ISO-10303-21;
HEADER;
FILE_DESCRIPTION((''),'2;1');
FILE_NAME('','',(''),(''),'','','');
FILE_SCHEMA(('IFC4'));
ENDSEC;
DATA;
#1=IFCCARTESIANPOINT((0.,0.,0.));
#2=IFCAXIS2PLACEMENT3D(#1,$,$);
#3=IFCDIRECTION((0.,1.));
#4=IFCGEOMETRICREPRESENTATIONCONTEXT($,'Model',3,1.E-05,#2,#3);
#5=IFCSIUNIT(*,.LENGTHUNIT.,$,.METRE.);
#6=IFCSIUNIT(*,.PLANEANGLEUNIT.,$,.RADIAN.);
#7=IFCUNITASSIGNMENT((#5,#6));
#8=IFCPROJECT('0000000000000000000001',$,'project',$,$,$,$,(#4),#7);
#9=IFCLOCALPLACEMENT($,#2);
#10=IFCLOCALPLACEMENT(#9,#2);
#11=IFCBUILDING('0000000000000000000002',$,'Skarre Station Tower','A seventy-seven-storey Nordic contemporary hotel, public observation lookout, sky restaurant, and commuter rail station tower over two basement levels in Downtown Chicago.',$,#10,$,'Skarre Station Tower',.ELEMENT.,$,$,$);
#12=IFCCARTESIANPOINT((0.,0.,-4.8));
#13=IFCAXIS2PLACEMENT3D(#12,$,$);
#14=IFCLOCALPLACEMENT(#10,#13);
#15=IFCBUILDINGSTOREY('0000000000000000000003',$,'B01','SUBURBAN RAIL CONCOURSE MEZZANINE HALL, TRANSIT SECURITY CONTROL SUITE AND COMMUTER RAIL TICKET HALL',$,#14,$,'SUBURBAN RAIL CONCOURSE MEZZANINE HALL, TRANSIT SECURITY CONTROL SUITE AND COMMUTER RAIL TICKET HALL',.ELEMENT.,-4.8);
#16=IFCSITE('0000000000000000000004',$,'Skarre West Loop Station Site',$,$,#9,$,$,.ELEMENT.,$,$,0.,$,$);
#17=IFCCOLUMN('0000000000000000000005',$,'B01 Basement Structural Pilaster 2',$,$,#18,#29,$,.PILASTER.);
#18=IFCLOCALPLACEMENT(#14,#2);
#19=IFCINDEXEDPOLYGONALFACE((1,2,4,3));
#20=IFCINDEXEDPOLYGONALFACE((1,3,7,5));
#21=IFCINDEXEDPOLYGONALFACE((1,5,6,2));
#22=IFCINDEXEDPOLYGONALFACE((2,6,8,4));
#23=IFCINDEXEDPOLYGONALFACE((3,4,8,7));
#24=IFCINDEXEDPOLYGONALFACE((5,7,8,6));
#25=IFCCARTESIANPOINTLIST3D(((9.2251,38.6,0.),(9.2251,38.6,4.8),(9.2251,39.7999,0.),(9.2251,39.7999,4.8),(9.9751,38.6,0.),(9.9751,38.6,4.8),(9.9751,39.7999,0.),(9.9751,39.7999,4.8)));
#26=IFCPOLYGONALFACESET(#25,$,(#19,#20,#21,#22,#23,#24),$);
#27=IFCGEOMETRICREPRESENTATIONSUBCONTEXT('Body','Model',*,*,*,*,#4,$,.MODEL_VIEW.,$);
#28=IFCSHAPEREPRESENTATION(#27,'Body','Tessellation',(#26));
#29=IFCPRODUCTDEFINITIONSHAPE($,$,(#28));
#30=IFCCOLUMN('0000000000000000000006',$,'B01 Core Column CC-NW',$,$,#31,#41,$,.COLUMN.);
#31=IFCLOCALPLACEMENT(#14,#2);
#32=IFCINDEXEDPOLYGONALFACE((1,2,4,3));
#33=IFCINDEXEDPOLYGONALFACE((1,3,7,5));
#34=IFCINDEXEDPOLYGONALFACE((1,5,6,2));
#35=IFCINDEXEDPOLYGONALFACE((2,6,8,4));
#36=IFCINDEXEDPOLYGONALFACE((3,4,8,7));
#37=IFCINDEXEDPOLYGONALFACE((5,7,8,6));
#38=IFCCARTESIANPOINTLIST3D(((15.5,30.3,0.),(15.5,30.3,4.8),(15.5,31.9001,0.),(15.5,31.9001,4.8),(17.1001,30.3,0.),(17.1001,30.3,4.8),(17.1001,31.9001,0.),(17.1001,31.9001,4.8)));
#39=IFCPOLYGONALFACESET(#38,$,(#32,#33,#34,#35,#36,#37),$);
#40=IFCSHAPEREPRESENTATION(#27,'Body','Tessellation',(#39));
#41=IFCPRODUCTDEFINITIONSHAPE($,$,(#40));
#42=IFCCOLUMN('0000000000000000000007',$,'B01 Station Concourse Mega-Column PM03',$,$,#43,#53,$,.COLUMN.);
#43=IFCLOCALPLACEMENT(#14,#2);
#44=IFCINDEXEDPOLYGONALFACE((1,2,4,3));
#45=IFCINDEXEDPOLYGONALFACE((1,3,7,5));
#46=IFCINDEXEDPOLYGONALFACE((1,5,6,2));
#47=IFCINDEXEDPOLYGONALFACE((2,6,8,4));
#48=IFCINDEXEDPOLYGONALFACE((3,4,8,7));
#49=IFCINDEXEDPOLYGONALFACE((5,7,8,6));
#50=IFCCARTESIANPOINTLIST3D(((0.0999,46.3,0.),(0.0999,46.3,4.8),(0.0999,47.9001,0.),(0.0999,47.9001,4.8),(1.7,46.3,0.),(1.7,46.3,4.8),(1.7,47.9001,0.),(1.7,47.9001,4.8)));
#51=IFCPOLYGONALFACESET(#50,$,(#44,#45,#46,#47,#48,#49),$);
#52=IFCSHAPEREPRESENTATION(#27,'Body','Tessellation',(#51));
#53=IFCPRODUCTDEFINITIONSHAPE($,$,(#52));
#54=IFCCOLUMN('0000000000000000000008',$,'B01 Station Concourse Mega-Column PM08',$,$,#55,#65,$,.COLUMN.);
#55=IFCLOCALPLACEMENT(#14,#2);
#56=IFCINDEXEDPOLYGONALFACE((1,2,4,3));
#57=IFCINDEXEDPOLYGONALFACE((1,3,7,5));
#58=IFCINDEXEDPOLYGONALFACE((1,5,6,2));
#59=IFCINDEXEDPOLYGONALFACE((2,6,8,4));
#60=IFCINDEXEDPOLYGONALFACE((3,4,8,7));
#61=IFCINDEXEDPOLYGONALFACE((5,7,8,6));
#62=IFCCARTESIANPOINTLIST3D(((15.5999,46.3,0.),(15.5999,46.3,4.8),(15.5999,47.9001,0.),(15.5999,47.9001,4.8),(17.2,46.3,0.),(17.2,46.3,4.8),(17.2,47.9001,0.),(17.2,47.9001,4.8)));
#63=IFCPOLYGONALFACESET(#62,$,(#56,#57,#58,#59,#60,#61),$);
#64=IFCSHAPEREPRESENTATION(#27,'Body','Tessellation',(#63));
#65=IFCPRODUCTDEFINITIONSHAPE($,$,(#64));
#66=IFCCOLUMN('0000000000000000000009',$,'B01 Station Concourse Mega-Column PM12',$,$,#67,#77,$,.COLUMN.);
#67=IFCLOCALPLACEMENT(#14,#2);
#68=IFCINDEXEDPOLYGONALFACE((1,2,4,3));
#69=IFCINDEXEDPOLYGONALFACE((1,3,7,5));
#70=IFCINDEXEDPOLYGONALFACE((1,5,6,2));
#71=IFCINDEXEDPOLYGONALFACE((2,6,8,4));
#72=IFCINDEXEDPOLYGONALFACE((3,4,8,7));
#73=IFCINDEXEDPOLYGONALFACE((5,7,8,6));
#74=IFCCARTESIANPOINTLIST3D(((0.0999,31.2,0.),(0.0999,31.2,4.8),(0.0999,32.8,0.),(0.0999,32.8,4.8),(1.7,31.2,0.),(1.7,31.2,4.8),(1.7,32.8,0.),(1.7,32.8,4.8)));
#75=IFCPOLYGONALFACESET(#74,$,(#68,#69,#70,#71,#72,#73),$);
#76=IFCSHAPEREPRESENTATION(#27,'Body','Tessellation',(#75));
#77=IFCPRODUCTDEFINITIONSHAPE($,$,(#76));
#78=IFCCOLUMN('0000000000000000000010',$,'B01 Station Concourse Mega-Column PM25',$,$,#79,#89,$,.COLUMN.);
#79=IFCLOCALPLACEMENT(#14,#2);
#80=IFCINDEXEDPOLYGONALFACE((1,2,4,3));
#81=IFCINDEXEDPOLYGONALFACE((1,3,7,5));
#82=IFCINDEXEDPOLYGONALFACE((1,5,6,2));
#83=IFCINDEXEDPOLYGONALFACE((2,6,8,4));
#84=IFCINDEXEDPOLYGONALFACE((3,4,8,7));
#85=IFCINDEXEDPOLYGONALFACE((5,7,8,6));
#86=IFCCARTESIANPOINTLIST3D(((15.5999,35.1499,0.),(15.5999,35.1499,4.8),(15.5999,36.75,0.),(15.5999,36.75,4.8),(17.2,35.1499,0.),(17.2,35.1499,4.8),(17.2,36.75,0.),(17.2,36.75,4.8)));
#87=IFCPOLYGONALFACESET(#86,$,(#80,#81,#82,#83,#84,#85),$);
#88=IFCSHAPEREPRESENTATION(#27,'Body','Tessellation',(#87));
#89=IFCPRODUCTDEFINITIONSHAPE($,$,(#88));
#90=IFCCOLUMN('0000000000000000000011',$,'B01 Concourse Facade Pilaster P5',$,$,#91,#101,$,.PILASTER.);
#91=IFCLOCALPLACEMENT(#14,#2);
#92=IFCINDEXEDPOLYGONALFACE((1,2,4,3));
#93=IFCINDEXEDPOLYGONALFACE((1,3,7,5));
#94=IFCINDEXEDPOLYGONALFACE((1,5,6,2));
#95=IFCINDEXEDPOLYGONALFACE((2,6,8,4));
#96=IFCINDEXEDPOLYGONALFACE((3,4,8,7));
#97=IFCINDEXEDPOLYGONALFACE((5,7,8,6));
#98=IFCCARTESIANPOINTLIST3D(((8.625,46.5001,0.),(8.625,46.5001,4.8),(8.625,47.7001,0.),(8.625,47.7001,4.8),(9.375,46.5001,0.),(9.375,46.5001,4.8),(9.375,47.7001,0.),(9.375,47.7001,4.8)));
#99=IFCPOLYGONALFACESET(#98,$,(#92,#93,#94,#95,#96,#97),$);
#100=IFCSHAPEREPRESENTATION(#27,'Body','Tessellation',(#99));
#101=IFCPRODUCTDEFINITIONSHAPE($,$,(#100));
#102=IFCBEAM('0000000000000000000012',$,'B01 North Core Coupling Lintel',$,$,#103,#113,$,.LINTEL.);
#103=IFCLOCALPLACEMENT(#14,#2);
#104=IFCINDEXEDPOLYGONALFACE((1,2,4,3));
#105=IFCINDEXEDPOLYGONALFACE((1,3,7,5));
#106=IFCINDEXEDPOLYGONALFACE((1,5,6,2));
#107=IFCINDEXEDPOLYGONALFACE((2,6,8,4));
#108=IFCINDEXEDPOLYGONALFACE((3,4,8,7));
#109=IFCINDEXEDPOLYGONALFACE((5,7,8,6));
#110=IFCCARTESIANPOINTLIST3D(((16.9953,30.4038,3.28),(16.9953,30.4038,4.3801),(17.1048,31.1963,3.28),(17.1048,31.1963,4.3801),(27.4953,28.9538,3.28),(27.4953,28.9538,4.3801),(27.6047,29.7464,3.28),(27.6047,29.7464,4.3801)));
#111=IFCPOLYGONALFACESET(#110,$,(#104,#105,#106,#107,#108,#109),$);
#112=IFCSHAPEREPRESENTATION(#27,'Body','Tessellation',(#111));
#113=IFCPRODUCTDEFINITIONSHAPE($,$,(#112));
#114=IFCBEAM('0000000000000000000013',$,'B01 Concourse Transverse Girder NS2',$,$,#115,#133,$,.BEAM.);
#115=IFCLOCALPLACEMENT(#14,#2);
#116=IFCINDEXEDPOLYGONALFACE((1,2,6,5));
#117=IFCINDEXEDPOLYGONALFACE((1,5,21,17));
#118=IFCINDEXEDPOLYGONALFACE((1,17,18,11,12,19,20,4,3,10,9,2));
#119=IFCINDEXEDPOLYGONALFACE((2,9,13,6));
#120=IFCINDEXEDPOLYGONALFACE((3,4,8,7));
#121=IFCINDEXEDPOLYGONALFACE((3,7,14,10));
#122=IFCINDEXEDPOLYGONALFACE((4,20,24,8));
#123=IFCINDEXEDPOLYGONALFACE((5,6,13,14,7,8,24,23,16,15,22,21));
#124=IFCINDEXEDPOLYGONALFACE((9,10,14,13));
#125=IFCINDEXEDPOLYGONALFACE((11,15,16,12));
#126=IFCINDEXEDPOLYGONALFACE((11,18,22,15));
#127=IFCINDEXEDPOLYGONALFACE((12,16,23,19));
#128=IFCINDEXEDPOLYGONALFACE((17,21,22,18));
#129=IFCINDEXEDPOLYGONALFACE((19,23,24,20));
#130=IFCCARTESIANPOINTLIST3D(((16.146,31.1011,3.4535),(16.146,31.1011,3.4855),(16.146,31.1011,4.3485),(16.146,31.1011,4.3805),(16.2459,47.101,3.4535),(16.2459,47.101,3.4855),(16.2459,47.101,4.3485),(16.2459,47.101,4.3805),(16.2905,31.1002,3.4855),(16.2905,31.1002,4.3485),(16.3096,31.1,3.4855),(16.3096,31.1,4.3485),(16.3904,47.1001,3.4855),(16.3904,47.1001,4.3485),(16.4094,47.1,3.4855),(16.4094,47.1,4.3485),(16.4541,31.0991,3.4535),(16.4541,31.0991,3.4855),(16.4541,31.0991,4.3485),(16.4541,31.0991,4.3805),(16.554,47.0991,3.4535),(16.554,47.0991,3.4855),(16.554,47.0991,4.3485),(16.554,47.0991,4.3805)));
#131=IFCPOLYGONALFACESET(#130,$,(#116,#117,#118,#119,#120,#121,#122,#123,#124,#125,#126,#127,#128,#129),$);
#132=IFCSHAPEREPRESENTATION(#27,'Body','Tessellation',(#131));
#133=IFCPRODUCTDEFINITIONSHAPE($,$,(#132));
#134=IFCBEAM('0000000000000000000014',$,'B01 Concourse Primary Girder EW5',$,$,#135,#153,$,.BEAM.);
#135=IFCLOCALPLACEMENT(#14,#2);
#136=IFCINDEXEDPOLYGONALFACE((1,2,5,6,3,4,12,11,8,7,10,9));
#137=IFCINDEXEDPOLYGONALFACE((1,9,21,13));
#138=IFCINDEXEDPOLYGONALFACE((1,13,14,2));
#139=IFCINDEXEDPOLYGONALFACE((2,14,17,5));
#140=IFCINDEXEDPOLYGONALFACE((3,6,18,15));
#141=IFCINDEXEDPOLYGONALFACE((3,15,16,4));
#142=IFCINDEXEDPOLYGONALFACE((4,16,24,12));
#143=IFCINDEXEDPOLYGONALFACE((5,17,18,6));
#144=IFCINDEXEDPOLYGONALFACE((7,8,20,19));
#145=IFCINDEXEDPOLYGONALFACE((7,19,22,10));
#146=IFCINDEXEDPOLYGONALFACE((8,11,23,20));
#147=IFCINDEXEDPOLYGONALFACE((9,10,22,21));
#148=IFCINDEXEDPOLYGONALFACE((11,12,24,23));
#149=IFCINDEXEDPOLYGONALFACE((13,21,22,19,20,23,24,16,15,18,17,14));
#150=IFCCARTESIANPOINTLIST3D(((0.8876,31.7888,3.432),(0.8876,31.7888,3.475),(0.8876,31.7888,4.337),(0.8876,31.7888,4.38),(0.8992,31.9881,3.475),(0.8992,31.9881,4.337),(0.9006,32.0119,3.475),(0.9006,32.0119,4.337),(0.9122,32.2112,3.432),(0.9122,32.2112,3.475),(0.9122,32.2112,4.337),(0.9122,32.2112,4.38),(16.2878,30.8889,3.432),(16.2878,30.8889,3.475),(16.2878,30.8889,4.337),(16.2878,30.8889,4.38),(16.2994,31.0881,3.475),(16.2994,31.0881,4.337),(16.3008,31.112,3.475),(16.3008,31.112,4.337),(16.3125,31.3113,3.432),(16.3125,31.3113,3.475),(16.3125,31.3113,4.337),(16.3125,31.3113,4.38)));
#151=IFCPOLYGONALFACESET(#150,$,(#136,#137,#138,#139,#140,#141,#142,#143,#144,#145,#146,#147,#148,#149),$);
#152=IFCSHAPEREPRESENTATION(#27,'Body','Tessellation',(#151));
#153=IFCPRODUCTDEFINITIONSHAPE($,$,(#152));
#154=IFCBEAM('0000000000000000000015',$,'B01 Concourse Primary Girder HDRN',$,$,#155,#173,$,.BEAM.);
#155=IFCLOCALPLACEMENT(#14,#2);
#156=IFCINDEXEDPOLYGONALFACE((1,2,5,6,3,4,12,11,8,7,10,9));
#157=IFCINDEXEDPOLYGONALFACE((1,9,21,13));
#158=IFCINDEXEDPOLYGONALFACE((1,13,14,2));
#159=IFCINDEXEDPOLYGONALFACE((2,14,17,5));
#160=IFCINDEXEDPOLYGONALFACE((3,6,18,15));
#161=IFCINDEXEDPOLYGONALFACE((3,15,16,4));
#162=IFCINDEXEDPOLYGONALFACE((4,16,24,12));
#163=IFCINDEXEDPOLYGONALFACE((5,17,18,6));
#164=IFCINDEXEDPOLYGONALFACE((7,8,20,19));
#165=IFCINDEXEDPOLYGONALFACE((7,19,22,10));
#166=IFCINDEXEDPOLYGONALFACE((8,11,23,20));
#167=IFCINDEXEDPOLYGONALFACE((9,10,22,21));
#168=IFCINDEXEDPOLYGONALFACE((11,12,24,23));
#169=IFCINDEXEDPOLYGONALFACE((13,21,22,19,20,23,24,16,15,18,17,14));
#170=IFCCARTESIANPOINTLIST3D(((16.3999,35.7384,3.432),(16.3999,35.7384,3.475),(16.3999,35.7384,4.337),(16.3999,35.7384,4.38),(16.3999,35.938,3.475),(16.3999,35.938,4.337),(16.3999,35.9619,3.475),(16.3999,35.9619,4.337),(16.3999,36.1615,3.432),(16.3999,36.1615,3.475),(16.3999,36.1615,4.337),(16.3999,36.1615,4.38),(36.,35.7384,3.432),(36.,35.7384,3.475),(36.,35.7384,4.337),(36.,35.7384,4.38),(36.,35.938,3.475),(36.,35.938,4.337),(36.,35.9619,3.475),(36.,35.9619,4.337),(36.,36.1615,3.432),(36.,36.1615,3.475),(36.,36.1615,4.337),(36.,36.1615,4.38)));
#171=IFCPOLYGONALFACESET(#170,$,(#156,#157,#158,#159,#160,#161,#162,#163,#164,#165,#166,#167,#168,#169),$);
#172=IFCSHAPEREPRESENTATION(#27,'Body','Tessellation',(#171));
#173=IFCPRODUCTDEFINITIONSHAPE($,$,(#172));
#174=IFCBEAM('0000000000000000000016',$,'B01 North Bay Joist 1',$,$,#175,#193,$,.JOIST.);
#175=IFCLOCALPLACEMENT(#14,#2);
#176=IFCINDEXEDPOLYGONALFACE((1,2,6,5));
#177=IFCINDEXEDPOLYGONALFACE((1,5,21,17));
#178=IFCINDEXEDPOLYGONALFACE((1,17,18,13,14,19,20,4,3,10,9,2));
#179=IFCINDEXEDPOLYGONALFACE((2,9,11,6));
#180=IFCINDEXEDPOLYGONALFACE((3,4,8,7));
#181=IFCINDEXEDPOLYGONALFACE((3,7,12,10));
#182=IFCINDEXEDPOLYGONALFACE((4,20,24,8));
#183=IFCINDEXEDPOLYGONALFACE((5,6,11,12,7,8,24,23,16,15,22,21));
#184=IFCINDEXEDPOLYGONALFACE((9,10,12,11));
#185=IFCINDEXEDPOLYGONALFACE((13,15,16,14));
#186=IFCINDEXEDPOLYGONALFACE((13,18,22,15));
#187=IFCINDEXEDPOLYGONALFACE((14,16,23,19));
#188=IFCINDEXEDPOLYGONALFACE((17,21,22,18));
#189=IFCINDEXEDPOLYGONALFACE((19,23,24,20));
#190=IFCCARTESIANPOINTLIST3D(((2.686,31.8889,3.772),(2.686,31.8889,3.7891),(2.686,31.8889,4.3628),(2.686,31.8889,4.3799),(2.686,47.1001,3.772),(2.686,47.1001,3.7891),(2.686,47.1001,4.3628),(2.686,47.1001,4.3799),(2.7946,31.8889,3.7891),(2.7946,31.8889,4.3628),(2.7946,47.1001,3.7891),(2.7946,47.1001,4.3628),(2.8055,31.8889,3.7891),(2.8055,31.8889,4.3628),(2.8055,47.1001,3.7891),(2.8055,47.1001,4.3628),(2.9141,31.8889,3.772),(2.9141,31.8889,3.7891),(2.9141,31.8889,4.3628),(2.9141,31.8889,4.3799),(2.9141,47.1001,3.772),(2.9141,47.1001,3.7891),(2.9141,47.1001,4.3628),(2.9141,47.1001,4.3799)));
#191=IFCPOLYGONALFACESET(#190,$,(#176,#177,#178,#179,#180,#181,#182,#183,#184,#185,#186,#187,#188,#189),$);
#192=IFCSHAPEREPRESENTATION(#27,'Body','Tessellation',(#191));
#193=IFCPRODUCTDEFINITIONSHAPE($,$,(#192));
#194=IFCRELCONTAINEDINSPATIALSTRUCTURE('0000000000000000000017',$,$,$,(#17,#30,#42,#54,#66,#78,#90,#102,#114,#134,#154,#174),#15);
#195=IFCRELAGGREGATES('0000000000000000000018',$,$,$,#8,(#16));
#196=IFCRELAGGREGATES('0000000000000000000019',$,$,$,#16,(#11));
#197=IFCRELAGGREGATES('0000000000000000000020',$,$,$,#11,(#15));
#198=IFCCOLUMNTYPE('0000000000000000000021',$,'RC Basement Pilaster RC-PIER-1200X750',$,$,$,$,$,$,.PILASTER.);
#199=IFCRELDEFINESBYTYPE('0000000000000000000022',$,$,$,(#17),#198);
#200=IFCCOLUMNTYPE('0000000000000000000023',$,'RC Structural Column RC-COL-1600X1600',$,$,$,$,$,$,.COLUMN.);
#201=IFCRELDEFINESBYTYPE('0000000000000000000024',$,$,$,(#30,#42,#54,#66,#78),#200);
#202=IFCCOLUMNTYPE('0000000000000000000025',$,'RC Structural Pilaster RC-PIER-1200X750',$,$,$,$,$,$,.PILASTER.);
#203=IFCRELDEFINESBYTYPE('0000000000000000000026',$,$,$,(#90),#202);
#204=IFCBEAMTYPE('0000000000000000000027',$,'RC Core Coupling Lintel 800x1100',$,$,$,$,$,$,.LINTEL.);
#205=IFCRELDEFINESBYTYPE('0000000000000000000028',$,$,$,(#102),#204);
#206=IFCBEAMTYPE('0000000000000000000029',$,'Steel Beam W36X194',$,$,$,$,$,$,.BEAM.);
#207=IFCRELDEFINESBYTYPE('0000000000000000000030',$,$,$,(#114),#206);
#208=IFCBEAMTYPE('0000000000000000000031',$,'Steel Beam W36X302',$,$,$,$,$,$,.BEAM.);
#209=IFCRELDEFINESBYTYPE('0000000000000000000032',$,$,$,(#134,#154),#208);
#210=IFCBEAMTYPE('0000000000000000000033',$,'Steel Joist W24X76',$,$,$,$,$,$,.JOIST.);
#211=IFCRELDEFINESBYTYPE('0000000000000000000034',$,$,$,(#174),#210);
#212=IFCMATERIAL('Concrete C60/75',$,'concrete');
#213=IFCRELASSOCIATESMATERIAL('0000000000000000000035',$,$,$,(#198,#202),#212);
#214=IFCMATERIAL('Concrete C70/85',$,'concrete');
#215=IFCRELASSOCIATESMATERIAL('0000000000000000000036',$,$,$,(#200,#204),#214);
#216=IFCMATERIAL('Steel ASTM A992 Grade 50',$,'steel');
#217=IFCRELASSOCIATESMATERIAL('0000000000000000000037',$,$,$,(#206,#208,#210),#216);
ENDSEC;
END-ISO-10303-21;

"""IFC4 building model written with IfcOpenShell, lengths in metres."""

from ifc_helpers import new_model, si_unit, direction, frame, origin, origin_2d, place, context, subcontext, project, spatial, rectangle, i_section, extrude, material, material_profile, profile_set, type_object, element, save


model = new_model("IFC4")

# Units and contexts
model_context = context("Model", 3, precision=1e-05, world=origin(), true_north=direction((0.0, 1.0)))
body_context = subcontext(model_context, "Body", "Model", "MODEL_VIEW")
ifc_project = project(units=[si_unit("LENGTHUNIT", "METRE"), si_unit("PLANEANGLEUNIT", "RADIAN")], contexts=[model_context])

# Site, building, storey
site_placement = place(None, origin())
site = spatial("IfcSite", under=ifc_project, at=site_placement, Name="Skarre West Loop Station Site", CompositionType="ELEMENT", RefElevation=0.0)
building_placement = place(site_placement, origin())
building = spatial("IfcBuilding", under=site, at=building_placement, Name="Skarre Station Tower", Description="A seventy-seven-storey Nordic contemporary hotel, public observation lookout, sky restaurant, and commuter rail station tower over two basement levels in Downtown Chicago.", LongName="Skarre Station Tower", CompositionType="ELEMENT")
storey_placement = place(building_placement, frame((0.0, 0.0, -4.8)))
storey = spatial("IfcBuildingStorey", under=building, at=storey_placement, Name="B01", Description="SUBURBAN RAIL CONCOURSE MEZZANINE HALL, TRANSIT SECURITY CONTROL SUITE AND COMMUTER RAIL TICKET HALL", LongName="SUBURBAN RAIL CONCOURSE MEZZANINE HALL, TRANSIT SECURITY CONTROL SUITE AND COMMUTER RAIL TICKET HALL", CompositionType="ELEMENT", Elevation=-4.8)

# Columns
ifc_material_1 = material(Name="Concrete C60/75", Category="concrete")
ifc_material_profile_1 = material_profile(ifc_material_1, rectangle(XDim=0.75, YDim=1.2, at=origin_2d()), Name="Concrete C60/75")
ifc_profile_set_1 = profile_set([ifc_material_profile_1], Name="Concrete C60/75")
column_type_1 = type_object("IfcColumnType", Name="RC Basement Pilaster RC-PIER-1200X750", PredefinedType="PILASTER", material=ifc_profile_set_1)
column_1_placement = place(storey_placement, frame((9.6001, 39.2, 0.0), z_axis=(0.0, 0.0, 1.0), x_axis=(1.0, 0.0, 0.0)))
element("IfcColumn", 1, at=column_1_placement, inside=storey, type_object=column_type_1, Name="B01 Basement Structural Pilaster 2", PredefinedType="PILASTER", context=body_context, shape_type="SweptSolid", body=[
    extrude(rectangle(XDim=0.75, YDim=1.2, at=origin_2d()), origin(), (0.0, 0.0, 1.0), 4.8),
])
ifc_material_2 = material(Name="Concrete C70/85", Category="concrete")
ifc_material_profile_2 = material_profile(ifc_material_2, rectangle(XDim=1.6001, YDim=1.6001, at=origin_2d()), Name="Concrete C70/85")
ifc_profile_set_2 = profile_set([ifc_material_profile_2], Name="Concrete C70/85")
column_type_2 = type_object("IfcColumnType", Name="RC Structural Column RC-COL-1600X1600", PredefinedType="COLUMN", material=ifc_profile_set_2)
for number, where, z_axis, x_axis, name in (
    (2, (16.3, 31.1001, 0.0), (0.0, 0.0, 1.0), (1.0, 0.0, 0.0), "B01 Core Column CC-NW"),
    (3, (0.8999, 47.1001, 0.0), (0.0, 0.0, 1.0), (1.0, 0.0, 0.0), "B01 Station Concourse Mega-Column PM03"),
    (4, (16.3999, 47.1001, 0.0), (0.0, 0.0, 1.0), (1.0, 0.0, 0.0), "B01 Station Concourse Mega-Column PM08"),
    (5, (0.8999, 32.0, 0.0), (0.0, 0.0, 1.0), (1.0, 0.0, 0.0), "B01 Station Concourse Mega-Column PM12"),
    (6, (16.3999, 35.95, 0.0), (0.0, 0.0, 1.0), (1.0, 0.0, 0.0), "B01 Station Concourse Mega-Column PM25"),
):
    element("IfcColumn", number, at=place(storey_placement, frame(where, z_axis=z_axis, x_axis=x_axis)), inside=storey, type_object=column_type_2, Name=name, PredefinedType="COLUMN", context=body_context, shape_type="SweptSolid", body=[
        extrude(rectangle(XDim=1.6001, YDim=1.6001, at=origin_2d()), origin(), (0.0, 0.0, 1.0), 4.8),
    ])
ifc_material_profile_3 = material_profile(ifc_material_1, rectangle(XDim=0.75, YDim=1.2, at=origin_2d()), Name="Concrete C60/75")
ifc_profile_set_3 = profile_set([ifc_material_profile_3], Name="Concrete C60/75")
column_type_3 = type_object("IfcColumnType", Name="RC Structural Pilaster RC-PIER-1200X750", PredefinedType="PILASTER", material=ifc_profile_set_3)
column_2_placement = place(storey_placement, frame((9.0, 47.1001, 0.0), z_axis=(0.0, 0.0, 1.0), x_axis=(1.0, 0.0, 0.0)))
element("IfcColumn", 7, at=column_2_placement, inside=storey, type_object=column_type_3, Name="B01 Concourse Facade Pilaster P5", PredefinedType="PILASTER", context=body_context, shape_type="SweptSolid", body=[
    extrude(rectangle(XDim=0.75, YDim=1.2, at=origin_2d()), origin(), (0.0, 0.0, 1.0), 4.8),
])

# Beams
ifc_material_profile_4 = material_profile(ifc_material_2, rectangle(XDim=0.8, YDim=1.1001, at=origin_2d()), Name="Concrete C70/85")
ifc_profile_set_4 = profile_set([ifc_material_profile_4], Name="Concrete C70/85")
beam_type_1 = type_object("IfcBeamType", Name="RC Core Coupling Lintel 800x1100", PredefinedType="LINTEL", material=ifc_profile_set_4)
beam_1_placement = place(storey_placement, frame((17.05, 30.8, 3.8301), z_axis=(0.9906, -0.136792, 0.0), x_axis=(0.136792, 0.9906, 0.0)))
element("IfcBeam", 8, at=beam_1_placement, inside=storey, type_object=beam_type_1, Name="B01 North Core Coupling Lintel", PredefinedType="LINTEL", context=body_context, shape_type="SweptSolid", body=[
    extrude(rectangle(XDim=0.8, YDim=1.1001, at=origin_2d()), origin(), (0.0, 0.0, 1.0), 10.5996),
])
ifc_material_3 = material(Name="Steel ASTM A992 Grade 50", Category="steel")
ifc_material_profile_5 = material_profile(ifc_material_3, i_section(OverallWidth=0.3081, OverallDepth=0.927, WebThickness=0.019, FlangeThickness=0.032, at=origin_2d()), Name="Steel ASTM A992 Grade 50")
ifc_profile_set_5 = profile_set([ifc_material_profile_5], Name="Steel ASTM A992 Grade 50")
beam_type_2 = type_object("IfcBeamType", Name="Steel Beam W36X194", PredefinedType="BEAM", material=ifc_profile_set_5)
beam_2_placement = place(storey_placement, frame((16.3, 31.1001, 3.917), z_axis=(0.006241, 0.999981, 0.0), x_axis=(-0.999981, 0.006241, 0.0)))
element("IfcBeam", 9, at=beam_2_placement, inside=storey, type_object=beam_type_2, Name="B01 Concourse Transverse Girder NS2", PredefinedType="BEAM", context=body_context, shape_type="SweptSolid", body=[
    extrude(i_section(OverallWidth=0.3081, OverallDepth=0.927, WebThickness=0.019, FlangeThickness=0.032, at=origin_2d()), origin(), (0.0, 0.0, 1.0), 16.0002),
])
ifc_material_profile_6 = material_profile(ifc_material_3, i_section(OverallWidth=0.4231, OverallDepth=0.948, WebThickness=0.0239, FlangeThickness=0.043, at=origin_2d()), Name="Steel ASTM A992 Grade 50")
ifc_profile_set_6 = profile_set([ifc_material_profile_6], Name="Steel ASTM A992 Grade 50")
beam_type_3 = type_object("IfcBeamType", Name="Steel Beam W36X302", PredefinedType="BEAM", material=ifc_profile_set_6)
beam_3_placement = place(storey_placement, frame((0.8999, 32.0, 3.906), z_axis=(0.998297, -0.058335, 0.0), x_axis=(0.058335, 0.998297, 0.0)))
element("IfcBeam", 10, at=beam_3_placement, inside=storey, type_object=beam_type_3, Name="B01 Concourse Primary Girder EW5", PredefinedType="BEAM", context=body_context, shape_type="SweptSolid", body=[
    extrude(i_section(OverallWidth=0.4231, OverallDepth=0.948, WebThickness=0.0239, FlangeThickness=0.043, at=origin_2d()), origin(), (0.0, 0.0, 1.0), 15.4265),
])
beam_4_placement = place(storey_placement, frame((16.3999, 35.95, 3.906), z_axis=(1.0, 0.0, 0.0), x_axis=(0.0, 1.0, 0.0)))
element("IfcBeam", 11, at=beam_4_placement, inside=storey, type_object=beam_type_3, Name="B01 Concourse Primary Girder HDRN", PredefinedType="BEAM", context=body_context, shape_type="SweptSolid", body=[
    extrude(i_section(OverallWidth=0.4231, OverallDepth=0.948, WebThickness=0.0239, FlangeThickness=0.043, at=origin_2d()), origin(), (0.0, 0.0, 1.0), 19.6001),
])
ifc_material_profile_7 = material_profile(ifc_material_3, i_section(OverallWidth=0.228, OverallDepth=0.6079, WebThickness=0.011, FlangeThickness=0.0171, at=origin_2d()), Name="Steel ASTM A992 Grade 50")
ifc_profile_set_7 = profile_set([ifc_material_profile_7], Name="Steel ASTM A992 Grade 50")
beam_type_4 = type_object("IfcBeamType", Name="Steel Joist W24X76", PredefinedType="JOIST", material=ifc_profile_set_7)
beam_5_placement = place(storey_placement, frame((2.8, 31.8889, 4.0759), z_axis=(0.0, 1.0, 0.0), x_axis=(-1.0, 0.0, 0.0)))
element("IfcBeam", 12, at=beam_5_placement, inside=storey, type_object=beam_type_4, Name="B01 North Bay Joist 1", PredefinedType="JOIST", context=body_context, shape_type="SweptSolid", body=[
    extrude(i_section(OverallWidth=0.228, OverallDepth=0.6079, WebThickness=0.011, FlangeThickness=0.0171, at=origin_2d()), origin(), (0.0, 0.0, 1.0), 15.2112),
])

save(model, "model.ifc")
